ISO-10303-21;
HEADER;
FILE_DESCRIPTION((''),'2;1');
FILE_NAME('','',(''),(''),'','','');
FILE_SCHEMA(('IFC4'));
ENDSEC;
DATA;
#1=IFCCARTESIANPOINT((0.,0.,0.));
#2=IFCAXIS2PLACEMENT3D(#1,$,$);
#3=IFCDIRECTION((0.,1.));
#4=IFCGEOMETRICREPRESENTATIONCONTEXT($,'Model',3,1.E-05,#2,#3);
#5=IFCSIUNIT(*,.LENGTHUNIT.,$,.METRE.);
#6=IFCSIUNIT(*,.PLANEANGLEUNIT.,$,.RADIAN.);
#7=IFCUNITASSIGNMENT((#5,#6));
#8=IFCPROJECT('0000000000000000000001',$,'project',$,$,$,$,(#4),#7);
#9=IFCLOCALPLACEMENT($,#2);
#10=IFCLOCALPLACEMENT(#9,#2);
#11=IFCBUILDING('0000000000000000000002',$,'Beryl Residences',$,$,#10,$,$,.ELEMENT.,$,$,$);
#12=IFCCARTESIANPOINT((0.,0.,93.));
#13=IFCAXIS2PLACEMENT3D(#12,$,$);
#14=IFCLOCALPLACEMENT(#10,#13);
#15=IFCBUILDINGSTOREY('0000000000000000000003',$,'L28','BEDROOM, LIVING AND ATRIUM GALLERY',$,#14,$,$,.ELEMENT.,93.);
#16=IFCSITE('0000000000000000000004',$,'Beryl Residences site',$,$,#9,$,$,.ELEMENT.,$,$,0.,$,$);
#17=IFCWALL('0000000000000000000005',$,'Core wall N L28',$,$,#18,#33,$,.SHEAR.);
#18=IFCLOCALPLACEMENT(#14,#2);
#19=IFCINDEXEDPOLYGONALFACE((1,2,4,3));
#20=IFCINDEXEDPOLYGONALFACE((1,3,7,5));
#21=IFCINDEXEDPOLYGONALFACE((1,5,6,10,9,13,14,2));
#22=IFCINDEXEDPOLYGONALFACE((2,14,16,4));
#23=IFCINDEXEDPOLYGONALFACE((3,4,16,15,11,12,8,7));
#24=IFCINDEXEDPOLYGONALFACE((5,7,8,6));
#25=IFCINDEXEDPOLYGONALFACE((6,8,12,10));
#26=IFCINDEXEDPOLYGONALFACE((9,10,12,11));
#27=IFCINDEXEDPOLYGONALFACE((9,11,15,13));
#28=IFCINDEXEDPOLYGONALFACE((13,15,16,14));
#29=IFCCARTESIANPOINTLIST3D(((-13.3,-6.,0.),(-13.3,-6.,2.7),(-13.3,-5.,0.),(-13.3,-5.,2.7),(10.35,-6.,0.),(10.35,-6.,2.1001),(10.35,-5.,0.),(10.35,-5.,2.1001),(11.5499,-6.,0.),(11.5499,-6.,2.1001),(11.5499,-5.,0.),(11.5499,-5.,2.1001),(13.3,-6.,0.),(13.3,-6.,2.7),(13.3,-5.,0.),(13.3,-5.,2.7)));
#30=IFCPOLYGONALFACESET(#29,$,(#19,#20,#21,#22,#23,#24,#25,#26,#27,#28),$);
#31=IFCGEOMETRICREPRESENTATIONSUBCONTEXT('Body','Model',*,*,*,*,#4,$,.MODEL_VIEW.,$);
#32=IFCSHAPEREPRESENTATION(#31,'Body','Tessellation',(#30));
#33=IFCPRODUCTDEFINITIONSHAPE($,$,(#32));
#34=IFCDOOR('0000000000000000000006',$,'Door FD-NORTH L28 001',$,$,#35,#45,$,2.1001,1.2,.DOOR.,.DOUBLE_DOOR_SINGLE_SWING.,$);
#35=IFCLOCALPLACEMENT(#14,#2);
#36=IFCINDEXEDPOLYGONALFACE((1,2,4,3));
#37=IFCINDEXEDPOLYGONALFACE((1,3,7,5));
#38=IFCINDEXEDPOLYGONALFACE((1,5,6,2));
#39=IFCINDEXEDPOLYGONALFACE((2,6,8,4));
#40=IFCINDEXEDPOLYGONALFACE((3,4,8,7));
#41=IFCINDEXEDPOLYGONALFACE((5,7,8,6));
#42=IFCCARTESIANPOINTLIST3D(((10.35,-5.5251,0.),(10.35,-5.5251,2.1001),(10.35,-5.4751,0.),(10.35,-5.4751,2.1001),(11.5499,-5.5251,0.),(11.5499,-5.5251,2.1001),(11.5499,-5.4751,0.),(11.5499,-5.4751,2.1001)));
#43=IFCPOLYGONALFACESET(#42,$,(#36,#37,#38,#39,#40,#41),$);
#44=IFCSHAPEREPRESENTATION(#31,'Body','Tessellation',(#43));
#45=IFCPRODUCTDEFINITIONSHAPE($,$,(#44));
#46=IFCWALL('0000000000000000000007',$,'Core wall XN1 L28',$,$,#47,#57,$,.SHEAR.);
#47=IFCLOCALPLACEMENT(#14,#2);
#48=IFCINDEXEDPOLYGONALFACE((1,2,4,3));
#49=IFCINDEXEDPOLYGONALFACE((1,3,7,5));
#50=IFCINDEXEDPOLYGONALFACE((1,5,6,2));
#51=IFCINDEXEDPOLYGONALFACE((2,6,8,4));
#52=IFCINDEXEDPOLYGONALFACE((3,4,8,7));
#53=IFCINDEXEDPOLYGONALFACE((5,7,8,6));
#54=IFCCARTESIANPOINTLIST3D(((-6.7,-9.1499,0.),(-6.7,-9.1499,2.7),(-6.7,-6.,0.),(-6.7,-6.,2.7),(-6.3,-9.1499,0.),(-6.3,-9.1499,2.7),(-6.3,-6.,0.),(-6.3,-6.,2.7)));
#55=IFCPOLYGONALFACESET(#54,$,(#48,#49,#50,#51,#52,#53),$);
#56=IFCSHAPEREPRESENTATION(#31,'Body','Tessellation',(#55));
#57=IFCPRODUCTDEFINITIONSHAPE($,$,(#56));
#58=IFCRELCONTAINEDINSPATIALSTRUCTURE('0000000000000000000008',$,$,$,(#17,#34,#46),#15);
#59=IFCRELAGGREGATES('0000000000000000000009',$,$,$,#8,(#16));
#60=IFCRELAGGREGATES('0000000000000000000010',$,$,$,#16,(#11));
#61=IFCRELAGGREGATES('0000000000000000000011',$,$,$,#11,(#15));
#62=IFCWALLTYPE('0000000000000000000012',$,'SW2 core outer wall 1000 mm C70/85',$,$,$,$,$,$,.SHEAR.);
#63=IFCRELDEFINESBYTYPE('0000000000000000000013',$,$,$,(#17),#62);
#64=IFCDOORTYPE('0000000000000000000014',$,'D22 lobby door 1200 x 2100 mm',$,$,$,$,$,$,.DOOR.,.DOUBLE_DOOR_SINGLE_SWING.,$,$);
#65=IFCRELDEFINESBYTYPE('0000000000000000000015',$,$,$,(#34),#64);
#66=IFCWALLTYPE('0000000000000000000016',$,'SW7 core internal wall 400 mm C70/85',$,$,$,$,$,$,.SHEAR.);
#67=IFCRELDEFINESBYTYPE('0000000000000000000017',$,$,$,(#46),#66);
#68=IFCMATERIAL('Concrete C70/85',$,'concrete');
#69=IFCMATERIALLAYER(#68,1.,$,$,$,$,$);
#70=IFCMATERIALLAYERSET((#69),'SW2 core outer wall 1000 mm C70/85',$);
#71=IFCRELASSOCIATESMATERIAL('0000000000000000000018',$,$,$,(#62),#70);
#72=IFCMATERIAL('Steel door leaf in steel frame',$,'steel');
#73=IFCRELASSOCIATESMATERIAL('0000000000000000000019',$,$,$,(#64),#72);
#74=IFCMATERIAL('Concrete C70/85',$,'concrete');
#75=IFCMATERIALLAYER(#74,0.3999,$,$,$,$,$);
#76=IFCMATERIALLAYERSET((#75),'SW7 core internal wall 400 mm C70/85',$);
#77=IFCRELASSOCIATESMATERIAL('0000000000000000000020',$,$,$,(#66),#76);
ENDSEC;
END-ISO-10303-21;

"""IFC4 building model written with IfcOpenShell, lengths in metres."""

from ifc_helpers import new_model, si_unit, direction, frame, frame_2d, origin, place, context, subcontext, project, spatial, rectangle, extrude, material, layer, layer_set, type_object, element, fill, save


model = new_model("IFC4")

# Units and contexts
model_context = context("Model", 3, precision=1e-05, world=origin(), true_north=direction((0.0, 1.0)))
body_context = subcontext(model_context, "Body", "Model", "MODEL_VIEW")
ifc_project = project(units=[si_unit("LENGTHUNIT", "METRE"), si_unit("PLANEANGLEUNIT", "RADIAN")], contexts=[model_context])

# Site, building, storey
site_placement = place(None, origin())
site = spatial("IfcSite", under=ifc_project, at=site_placement, Name="Beryl Residences site", CompositionType="ELEMENT", RefElevation=0.0)
building_placement = place(site_placement, origin())
building = spatial("IfcBuilding", under=site, at=building_placement, Name="Beryl Residences", CompositionType="ELEMENT")
storey_placement = place(building_placement, frame((0.0, 0.0, 93.0)))
storey = spatial("IfcBuildingStorey", under=building, at=storey_placement, Name="L28", Description="BEDROOM, LIVING AND ATRIUM GALLERY", CompositionType="ELEMENT", Elevation=93.0)

# Wall, opening, door
ifc_material_1 = material(Name="Concrete C70/85", Category="concrete")
ifc_layer_1 = layer(ifc_material_1, 1.0)
ifc_layer_set_1 = layer_set([ifc_layer_1], Name="SW2 core outer wall 1000 mm C70/85")
wall_type_1 = type_object("IfcWallType", Name="SW2 core outer wall 1000 mm C70/85", PredefinedType="SHEAR", material=ifc_layer_set_1)
wall_1_placement = place(storey_placement, frame((-13.3, -5.5, 0.0), z_axis=(0.0, 0.0, 1.0), x_axis=(1.0, 0.0, 0.0)))
wall_1 = element("IfcWall", 1, at=wall_1_placement, inside=storey, type_object=wall_type_1, Name="Core wall N L28", PredefinedType="SHEAR", context=body_context, shape_type="SweptSolid", body=[
    extrude(rectangle(XDim=26.6001, YDim=1.0, at=frame_2d((13.3, 0.0))), origin(), (0.0, 0.0, 1.0), 2.7),
])
opening_1_placement = place(wall_1_placement, frame((23.6499, 0.0, 0.0)))
opening_1 = element("IfcOpeningElement", 2, at=opening_1_placement, cuts=wall_1, PredefinedType="OPENING", context=body_context, shape_type="SweptSolid", body=[
    extrude(rectangle(XDim=1.2, YDim=2.1001, at=frame_2d((0.6001, 1.05))), frame((0.0, 0.51, 0.0), z_axis=(0.0, -1.0, 0.0), x_axis=(1.0, 0.0, 0.0)), (0.0, 0.0, 1.0), 1.02),
])
ifc_material_2 = material(Name="Steel door leaf in steel frame", Category="steel")
door_type_1 = type_object("IfcDoorType", Name="D22 lobby door 1200 x 2100 mm", OperationType="DOUBLE_DOOR_SINGLE_SWING", PredefinedType="DOOR", material=ifc_material_2)
door_1_placement = place(opening_1_placement, origin())
door_1 = element("IfcDoor", 3, at=door_1_placement, inside=storey, type_object=door_type_1, Name="Door FD-NORTH L28 001", OperationType="DOUBLE_DOOR_SINGLE_SWING", OverallHeight=2.1001, OverallWidth=1.2, PredefinedType="DOOR", context=body_context, shape_type="SweptSolid", body=[
    extrude(rectangle(XDim=1.2, YDim=2.1001, at=frame_2d((0.6001, 1.05))), frame((0.0, 0.0249, 0.0), z_axis=(0.0, -1.0, 0.0), x_axis=(1.0, 0.0, 0.0)), (0.0, 0.0, 1.0), 0.05),
])
fill(opening_1, door_1)

# Shared definitions
ifc_material_3 = material(Name="Concrete C70/85", Category="concrete")
ifc_layer_2 = layer(ifc_material_3, 0.3999)
ifc_layer_set_2 = layer_set([ifc_layer_2], Name="SW7 core internal wall 400 mm C70/85")
wall_type_2 = type_object("IfcWallType", Name="SW7 core internal wall 400 mm C70/85", PredefinedType="SHEAR", material=ifc_layer_set_2)

# Wall
wall_2_placement = place(storey_placement, frame((-6.5, -9.1499, 0.0), z_axis=(0.0, 0.0, 1.0), x_axis=(0.0, 1.0, 0.0)))
element("IfcWall", 4, at=wall_2_placement, inside=storey, type_object=wall_type_2, Name="Core wall XN1 L28", PredefinedType="SHEAR", context=body_context, shape_type="SweptSolid", body=[
    extrude(rectangle(XDim=3.1499, YDim=0.3999, at=frame_2d((1.575, 0.0))), origin(), (0.0, 0.0, 1.0), 2.7),
])

save(model, "model.ifc")
